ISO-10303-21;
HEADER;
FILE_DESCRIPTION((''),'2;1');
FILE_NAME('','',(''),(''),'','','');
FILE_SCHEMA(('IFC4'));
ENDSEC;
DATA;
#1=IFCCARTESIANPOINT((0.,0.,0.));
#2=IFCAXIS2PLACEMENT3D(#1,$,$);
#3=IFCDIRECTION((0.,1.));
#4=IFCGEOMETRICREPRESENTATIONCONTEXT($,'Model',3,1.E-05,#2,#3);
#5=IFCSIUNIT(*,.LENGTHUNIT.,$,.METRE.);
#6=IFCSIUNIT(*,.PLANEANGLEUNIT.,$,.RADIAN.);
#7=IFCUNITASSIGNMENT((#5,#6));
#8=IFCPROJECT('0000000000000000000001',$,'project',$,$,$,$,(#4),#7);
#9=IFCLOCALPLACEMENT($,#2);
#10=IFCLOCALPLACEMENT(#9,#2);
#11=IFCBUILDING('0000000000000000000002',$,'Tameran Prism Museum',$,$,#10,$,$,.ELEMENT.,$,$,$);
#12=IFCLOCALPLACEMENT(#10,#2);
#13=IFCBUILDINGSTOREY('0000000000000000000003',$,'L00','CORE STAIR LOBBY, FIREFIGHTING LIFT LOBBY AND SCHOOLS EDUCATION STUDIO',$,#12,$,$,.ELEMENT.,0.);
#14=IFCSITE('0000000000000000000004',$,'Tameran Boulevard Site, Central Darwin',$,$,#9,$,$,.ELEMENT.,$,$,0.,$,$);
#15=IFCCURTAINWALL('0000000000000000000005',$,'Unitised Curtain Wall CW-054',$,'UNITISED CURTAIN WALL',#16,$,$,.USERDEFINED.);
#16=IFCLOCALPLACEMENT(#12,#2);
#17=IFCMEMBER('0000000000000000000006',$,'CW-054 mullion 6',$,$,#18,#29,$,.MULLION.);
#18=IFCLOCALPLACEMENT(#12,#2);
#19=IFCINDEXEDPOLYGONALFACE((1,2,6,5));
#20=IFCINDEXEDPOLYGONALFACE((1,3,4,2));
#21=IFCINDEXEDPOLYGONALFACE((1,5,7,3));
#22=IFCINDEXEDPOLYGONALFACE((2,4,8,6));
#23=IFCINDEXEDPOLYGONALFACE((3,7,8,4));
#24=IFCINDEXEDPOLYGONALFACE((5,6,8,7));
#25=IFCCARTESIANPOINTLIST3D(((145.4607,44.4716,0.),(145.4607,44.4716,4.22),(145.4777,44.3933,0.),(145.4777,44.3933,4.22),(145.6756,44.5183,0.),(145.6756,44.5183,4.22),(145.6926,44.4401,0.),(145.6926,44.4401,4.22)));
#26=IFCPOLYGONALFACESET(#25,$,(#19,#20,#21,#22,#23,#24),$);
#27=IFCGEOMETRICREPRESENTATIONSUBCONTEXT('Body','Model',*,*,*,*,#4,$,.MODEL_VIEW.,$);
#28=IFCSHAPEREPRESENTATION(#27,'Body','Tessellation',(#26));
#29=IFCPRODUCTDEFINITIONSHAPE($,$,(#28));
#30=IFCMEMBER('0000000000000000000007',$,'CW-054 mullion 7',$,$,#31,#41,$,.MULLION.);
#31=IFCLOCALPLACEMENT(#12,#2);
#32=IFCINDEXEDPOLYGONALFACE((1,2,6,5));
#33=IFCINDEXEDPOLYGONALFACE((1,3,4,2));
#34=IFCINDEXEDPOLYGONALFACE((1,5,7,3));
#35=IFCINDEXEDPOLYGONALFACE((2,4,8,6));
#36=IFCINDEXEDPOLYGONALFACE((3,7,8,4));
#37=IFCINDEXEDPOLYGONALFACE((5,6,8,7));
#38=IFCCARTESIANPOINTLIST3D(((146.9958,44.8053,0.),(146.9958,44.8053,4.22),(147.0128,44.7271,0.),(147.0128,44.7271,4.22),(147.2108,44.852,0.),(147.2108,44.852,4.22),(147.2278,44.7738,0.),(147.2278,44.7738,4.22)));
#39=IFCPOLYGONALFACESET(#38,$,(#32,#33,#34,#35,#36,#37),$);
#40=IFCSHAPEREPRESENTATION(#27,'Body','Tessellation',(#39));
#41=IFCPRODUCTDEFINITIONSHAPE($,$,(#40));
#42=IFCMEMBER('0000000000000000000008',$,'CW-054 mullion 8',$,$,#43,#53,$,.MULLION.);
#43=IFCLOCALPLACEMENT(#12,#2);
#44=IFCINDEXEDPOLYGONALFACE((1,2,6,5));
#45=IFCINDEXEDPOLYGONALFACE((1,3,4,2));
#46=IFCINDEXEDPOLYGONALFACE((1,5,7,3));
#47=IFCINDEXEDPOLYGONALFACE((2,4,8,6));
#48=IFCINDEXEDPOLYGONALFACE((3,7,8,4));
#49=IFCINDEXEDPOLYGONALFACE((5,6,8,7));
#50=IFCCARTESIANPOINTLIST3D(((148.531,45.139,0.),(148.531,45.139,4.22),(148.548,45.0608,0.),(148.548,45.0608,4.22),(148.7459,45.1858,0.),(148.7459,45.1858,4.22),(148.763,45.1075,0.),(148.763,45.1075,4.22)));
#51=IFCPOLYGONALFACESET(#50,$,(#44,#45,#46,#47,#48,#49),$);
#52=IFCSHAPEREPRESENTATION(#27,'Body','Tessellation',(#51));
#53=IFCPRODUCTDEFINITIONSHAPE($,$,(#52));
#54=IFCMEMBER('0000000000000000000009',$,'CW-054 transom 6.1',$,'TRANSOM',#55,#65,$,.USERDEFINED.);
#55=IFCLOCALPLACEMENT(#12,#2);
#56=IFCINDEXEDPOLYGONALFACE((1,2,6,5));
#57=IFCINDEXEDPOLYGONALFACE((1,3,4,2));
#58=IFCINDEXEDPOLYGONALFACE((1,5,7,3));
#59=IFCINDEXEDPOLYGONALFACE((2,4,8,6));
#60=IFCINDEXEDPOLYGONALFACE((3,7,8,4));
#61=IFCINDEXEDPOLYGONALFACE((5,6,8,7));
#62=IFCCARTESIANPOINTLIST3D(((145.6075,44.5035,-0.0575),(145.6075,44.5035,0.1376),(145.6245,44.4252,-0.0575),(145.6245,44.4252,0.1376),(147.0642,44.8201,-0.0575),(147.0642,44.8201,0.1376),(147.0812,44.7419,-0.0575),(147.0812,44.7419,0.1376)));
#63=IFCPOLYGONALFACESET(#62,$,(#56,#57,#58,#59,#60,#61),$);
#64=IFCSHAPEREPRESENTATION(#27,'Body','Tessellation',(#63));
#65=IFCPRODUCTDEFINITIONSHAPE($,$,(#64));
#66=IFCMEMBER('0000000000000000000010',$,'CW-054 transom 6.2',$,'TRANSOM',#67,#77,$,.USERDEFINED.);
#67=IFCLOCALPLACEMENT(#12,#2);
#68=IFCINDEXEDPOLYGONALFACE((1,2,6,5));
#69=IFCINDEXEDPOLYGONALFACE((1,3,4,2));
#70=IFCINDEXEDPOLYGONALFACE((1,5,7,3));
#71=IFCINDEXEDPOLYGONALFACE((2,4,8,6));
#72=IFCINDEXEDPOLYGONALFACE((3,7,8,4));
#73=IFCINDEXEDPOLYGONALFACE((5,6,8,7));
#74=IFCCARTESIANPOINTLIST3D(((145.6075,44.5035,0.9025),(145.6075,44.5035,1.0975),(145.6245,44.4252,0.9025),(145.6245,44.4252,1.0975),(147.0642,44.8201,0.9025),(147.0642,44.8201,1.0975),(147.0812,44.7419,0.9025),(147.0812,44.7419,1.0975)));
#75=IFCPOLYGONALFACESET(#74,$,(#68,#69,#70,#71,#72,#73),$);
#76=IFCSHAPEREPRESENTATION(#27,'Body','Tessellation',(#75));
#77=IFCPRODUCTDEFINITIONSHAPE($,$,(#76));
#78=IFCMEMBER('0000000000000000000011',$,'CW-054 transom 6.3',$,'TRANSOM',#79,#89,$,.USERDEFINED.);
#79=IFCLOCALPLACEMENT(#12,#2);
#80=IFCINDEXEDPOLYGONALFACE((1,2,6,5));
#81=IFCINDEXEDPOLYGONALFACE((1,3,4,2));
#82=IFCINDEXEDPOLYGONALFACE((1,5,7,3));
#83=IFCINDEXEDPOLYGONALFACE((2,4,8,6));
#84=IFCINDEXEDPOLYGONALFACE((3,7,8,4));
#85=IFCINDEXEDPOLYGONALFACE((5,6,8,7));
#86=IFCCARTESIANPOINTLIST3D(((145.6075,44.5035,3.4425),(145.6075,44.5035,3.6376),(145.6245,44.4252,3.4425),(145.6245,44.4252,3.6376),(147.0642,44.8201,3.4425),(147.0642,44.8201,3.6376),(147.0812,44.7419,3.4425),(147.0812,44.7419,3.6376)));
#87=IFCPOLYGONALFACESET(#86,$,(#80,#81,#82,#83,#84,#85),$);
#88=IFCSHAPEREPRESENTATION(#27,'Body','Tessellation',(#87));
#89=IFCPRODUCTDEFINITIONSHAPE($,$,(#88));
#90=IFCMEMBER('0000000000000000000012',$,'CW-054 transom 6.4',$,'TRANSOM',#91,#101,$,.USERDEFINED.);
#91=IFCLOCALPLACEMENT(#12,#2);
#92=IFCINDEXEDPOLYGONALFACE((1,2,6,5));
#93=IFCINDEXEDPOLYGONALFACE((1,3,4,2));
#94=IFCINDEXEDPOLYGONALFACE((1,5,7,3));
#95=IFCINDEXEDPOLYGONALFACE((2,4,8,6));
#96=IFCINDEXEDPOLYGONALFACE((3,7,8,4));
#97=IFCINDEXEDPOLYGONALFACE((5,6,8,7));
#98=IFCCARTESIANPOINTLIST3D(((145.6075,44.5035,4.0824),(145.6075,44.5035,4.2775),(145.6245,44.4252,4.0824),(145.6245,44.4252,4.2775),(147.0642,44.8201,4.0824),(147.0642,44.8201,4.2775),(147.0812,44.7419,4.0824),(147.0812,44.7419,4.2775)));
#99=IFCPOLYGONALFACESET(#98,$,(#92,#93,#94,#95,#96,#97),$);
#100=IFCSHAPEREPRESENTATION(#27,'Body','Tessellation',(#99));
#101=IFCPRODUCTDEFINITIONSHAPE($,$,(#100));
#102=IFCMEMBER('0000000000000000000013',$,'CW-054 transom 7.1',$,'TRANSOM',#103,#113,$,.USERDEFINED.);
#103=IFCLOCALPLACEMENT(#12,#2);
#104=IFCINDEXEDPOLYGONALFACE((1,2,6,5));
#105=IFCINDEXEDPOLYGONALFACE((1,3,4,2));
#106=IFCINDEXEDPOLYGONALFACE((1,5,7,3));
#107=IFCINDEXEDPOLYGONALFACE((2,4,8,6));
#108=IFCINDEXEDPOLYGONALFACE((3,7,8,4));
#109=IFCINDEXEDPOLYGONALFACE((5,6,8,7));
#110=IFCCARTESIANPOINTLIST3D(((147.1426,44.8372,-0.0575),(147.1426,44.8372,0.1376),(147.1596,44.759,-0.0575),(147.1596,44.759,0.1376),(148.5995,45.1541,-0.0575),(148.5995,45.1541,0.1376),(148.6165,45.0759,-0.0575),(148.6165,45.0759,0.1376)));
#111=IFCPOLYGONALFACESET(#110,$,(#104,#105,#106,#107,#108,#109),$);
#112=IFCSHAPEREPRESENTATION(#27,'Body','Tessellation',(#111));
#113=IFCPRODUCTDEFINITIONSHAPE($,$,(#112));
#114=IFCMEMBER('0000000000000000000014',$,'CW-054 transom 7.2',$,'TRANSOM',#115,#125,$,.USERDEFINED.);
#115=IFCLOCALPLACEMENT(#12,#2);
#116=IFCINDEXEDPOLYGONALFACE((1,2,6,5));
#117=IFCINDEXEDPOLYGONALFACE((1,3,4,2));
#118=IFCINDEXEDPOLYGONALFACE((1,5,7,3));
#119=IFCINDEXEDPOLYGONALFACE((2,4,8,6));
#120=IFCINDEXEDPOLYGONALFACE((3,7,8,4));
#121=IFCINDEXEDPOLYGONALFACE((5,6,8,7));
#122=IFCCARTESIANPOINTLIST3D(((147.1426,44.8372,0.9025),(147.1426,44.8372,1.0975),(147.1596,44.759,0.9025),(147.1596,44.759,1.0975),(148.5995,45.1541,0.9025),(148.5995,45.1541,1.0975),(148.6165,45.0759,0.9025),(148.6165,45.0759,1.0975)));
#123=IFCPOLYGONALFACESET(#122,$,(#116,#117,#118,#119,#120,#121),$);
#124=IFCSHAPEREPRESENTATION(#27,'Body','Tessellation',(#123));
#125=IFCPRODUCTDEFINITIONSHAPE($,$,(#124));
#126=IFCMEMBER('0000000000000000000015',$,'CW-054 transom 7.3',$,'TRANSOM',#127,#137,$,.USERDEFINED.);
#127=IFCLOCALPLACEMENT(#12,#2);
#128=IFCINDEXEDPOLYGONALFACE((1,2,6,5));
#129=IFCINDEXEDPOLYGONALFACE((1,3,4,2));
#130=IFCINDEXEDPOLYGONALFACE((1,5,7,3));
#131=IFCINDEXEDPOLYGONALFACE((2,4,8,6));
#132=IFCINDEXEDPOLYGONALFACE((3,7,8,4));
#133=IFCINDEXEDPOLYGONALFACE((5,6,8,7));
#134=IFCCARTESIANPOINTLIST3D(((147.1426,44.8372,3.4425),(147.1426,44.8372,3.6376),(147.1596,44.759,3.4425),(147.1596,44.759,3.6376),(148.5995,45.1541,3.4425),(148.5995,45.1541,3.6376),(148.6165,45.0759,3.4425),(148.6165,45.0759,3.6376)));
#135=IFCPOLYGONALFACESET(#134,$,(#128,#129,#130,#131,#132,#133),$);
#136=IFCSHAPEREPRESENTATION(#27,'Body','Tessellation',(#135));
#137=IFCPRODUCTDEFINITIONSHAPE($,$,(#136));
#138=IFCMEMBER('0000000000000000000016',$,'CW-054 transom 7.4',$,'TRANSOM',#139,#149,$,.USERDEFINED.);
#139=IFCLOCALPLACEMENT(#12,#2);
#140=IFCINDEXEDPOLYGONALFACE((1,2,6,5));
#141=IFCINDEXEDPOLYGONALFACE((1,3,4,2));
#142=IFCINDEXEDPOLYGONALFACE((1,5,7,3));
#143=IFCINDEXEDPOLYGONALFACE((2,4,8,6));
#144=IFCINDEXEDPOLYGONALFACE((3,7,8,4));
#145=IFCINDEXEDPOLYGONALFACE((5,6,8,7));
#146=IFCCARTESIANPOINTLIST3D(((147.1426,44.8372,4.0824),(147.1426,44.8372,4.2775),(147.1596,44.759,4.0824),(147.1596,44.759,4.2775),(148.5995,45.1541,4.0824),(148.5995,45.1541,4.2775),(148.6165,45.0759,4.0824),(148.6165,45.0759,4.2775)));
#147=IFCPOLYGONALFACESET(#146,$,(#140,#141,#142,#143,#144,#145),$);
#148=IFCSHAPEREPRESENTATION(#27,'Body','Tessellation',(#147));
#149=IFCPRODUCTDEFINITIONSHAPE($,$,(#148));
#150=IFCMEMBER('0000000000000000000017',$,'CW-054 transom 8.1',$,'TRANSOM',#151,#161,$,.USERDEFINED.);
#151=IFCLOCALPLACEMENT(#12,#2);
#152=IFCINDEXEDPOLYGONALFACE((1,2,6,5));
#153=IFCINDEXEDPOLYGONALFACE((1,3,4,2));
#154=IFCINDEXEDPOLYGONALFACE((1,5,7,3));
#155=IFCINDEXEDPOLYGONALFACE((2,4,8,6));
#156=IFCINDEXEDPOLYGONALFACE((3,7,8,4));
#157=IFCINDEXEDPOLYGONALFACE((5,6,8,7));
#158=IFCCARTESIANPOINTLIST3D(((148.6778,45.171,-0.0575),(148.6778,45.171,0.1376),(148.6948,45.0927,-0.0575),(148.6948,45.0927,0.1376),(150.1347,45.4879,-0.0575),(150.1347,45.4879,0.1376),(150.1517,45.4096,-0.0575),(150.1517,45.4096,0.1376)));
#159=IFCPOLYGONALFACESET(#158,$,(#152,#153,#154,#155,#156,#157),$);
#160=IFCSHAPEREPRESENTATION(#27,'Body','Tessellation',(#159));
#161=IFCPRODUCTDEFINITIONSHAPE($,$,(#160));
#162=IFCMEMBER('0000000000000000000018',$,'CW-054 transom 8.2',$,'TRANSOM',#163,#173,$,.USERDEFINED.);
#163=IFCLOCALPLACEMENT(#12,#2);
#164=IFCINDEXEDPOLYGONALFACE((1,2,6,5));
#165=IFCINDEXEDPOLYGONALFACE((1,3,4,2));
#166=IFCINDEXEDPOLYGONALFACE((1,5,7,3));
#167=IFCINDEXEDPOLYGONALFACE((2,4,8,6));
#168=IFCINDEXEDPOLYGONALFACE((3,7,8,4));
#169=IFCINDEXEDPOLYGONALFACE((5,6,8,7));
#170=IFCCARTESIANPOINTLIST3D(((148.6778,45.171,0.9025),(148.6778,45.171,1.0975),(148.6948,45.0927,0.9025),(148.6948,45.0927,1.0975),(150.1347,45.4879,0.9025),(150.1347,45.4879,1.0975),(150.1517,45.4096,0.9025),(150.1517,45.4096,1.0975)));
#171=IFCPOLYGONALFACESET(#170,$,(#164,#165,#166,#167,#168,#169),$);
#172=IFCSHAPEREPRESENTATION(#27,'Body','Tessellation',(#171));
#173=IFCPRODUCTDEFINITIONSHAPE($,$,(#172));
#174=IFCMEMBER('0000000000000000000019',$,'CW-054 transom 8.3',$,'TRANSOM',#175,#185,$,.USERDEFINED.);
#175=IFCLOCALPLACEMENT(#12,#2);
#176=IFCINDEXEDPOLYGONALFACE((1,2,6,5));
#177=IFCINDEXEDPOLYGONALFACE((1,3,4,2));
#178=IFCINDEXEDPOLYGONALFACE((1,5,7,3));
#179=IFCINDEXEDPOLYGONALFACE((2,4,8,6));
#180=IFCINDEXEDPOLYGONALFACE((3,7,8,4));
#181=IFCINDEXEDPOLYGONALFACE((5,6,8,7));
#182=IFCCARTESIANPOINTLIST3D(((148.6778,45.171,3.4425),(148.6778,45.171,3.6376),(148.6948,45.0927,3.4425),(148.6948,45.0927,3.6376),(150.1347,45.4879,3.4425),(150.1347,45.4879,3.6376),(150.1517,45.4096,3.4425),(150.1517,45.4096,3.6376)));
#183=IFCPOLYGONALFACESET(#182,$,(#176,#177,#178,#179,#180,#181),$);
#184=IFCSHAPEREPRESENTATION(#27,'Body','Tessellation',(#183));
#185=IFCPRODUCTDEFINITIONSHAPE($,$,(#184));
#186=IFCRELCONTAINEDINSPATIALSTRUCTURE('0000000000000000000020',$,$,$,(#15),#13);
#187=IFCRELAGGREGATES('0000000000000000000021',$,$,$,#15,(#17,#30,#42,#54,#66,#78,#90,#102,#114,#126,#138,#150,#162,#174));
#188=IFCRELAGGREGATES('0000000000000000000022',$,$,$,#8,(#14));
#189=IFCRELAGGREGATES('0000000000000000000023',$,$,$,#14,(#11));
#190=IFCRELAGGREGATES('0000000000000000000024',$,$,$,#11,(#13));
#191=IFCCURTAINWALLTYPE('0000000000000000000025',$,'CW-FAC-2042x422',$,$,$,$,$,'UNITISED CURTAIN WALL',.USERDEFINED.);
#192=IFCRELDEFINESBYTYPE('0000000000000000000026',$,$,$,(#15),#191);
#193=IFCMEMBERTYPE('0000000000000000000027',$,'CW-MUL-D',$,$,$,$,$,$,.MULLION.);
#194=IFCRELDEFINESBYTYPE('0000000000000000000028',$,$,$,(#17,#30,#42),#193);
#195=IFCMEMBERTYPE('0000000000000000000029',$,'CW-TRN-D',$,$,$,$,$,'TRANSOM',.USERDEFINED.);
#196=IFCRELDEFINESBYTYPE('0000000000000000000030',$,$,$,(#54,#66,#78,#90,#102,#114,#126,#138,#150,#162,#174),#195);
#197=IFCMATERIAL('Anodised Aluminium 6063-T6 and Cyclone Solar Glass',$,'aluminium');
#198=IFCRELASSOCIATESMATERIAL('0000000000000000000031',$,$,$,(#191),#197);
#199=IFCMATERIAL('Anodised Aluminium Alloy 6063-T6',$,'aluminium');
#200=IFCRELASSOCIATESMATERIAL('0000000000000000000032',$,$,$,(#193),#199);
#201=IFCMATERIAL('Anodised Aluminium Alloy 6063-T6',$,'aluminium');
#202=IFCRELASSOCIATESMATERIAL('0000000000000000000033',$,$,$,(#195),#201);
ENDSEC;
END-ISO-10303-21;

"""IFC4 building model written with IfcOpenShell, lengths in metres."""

from ifc_helpers import new_model, si_unit, direction, frame, origin, origin_2d, place, context, subcontext, project, spatial, rectangle, extrude, material, material_profile, profile_set, type_object, element, aggregate, save


model = new_model("IFC4")

# Units and contexts
model_context = context("Model", 3, precision=1e-05, world=origin(), true_north=direction((0.0, 1.0)))
body_context = subcontext(model_context, "Body", "Model", "MODEL_VIEW")
ifc_project = project(units=[si_unit("LENGTHUNIT", "METRE"), si_unit("PLANEANGLEUNIT", "RADIAN")], contexts=[model_context])

# Site, building, storey
site_placement = place(None, origin())
site = spatial("IfcSite", under=ifc_project, at=site_placement, Name="Tameran Boulevard Site, Central Darwin", CompositionType="ELEMENT", RefElevation=0.0)
building_placement = place(site_placement, origin())
building = spatial("IfcBuilding", under=site, at=building_placement, Name="Tameran Prism Museum", CompositionType="ELEMENT")
storey_placement = place(building_placement, origin())
storey = spatial("IfcBuildingStorey", under=building, at=storey_placement, Name="L00", Description="CORE STAIR LOBBY, FIREFIGHTING LIFT LOBBY AND SCHOOLS EDUCATION STUDIO", CompositionType="ELEMENT", Elevation=0.0)

# Curtain wall, members
ifc_material_1 = material(Name="Anodised Aluminium 6063-T6 and Cyclone Solar Glass", Category="aluminium")
curtain_wall_type = type_object("IfcCurtainWallType", Name="CW-FAC-2042x422", ElementType="UNITISED CURTAIN WALL", PredefinedType="USERDEFINED", material=ifc_material_1)
curtain_wall_placement = place(storey_placement, origin())
curtain_wall = element("IfcCurtainWall", 1, at=curtain_wall_placement, inside=storey, type_object=curtain_wall_type, Name="Unitised Curtain Wall CW-054", ObjectType="UNITISED CURTAIN WALL", PredefinedType="USERDEFINED")
ifc_material_2 = material(Name="Anodised Aluminium Alloy 6063-T6", Category="aluminium")
ifc_material_profile_1 = material_profile(ifc_material_2, rectangle(XDim=0.0801, YDim=0.22, at=origin_2d()))
ifc_profile_set_1 = profile_set([ifc_material_profile_1])
member_type_1 = type_object("IfcMemberType", Name="CW-MUL-D", PredefinedType="MULLION", material=ifc_profile_set_1)
member_1_placement = place(storey_placement, frame((145.5767, 44.4558, 0.0), z_axis=(0.0, 0.0, 1.0), x_axis=(-0.212454, 0.977171, 0.0)))
member_1 = element("IfcMember", 2, at=member_1_placement, type_object=member_type_1, Name="CW-054 mullion 6", PredefinedType="MULLION", context=body_context, shape_type="SweptSolid", body=[
    extrude(rectangle(XDim=0.0801, YDim=0.22, at=origin_2d()), origin(), (0.0, 0.0, 1.0), 4.22),
])
member_2_placement = place(storey_placement, frame((147.1118, 44.7896, 0.0), z_axis=(0.0, 0.0, 1.0), x_axis=(-0.212454, 0.977171, 0.0)))
member_2 = element("IfcMember", 3, at=member_2_placement, type_object=member_type_1, Name="CW-054 mullion 7", PredefinedType="MULLION", context=body_context, shape_type="SweptSolid", body=[
    extrude(rectangle(XDim=0.0801, YDim=0.22, at=origin_2d()), origin(), (0.0, 0.0, 1.0), 4.22),
])
member_3_placement = place(storey_placement, frame((148.647, 45.1233, 0.0), z_axis=(0.0, 0.0, 1.0), x_axis=(-0.212454, 0.977171, 0.0)))
member_3 = element("IfcMember", 4, at=member_3_placement, type_object=member_type_1, Name="CW-054 mullion 8", PredefinedType="MULLION", context=body_context, shape_type="SweptSolid", body=[
    extrude(rectangle(XDim=0.0801, YDim=0.22, at=origin_2d()), origin(), (0.0, 0.0, 1.0), 4.22),
])
ifc_material_3 = material(Name="Anodised Aluminium Alloy 6063-T6", Category="aluminium")
ifc_material_profile_2 = material_profile(ifc_material_3, rectangle(XDim=0.0801, YDim=0.1951, at=origin_2d()))
ifc_profile_set_2 = profile_set([ifc_material_profile_2])
member_type_2 = type_object("IfcMemberType", Name="CW-TRN-D", ElementType="TRANSOM", PredefinedType="USERDEFINED", material=ifc_profile_set_2)
member_4_placement = place(storey_placement, frame((145.616, 44.4644, 0.04), z_axis=(0.977182, 0.212402, 0.0), x_axis=(-0.212402, 0.977182, 0.0)))
member_4 = element("IfcMember", 5, at=member_4_placement, type_object=member_type_2, Name="CW-054 transom 6.1", ObjectType="TRANSOM", PredefinedType="USERDEFINED", context=body_context, shape_type="SweptSolid", body=[
    extrude(rectangle(XDim=0.0801, YDim=0.1951, at=origin_2d()), origin(), (0.0, 0.0, 1.0), 1.4907),
])
member_5_placement = place(storey_placement, frame((145.616, 44.4644, 1.0), z_axis=(0.977182, 0.212402, 0.0), x_axis=(-0.212402, 0.977182, 0.0)))
member_5 = element("IfcMember", 6, at=member_5_placement, type_object=member_type_2, Name="CW-054 transom 6.2", ObjectType="TRANSOM", PredefinedType="USERDEFINED", context=body_context, shape_type="SweptSolid", body=[
    extrude(rectangle(XDim=0.0801, YDim=0.1951, at=origin_2d()), origin(), (0.0, 0.0, 1.0), 1.4907),
])
member_6_placement = place(storey_placement, frame((145.616, 44.4644, 3.54), z_axis=(0.977182, 0.212402, 0.0), x_axis=(-0.212402, 0.977182, 0.0)))
member_6 = element("IfcMember", 7, at=member_6_placement, type_object=member_type_2, Name="CW-054 transom 6.3", ObjectType="TRANSOM", PredefinedType="USERDEFINED", context=body_context, shape_type="SweptSolid", body=[
    extrude(rectangle(XDim=0.0801, YDim=0.1951, at=origin_2d()), origin(), (0.0, 0.0, 1.0), 1.4907),
])
member_7_placement = place(storey_placement, frame((145.616, 44.4644, 4.1799), z_axis=(0.977182, 0.212402, 0.0), x_axis=(-0.212402, 0.977182, 0.0)))
member_7 = element("IfcMember", 8, at=member_7_placement, type_object=member_type_2, Name="CW-054 transom 6.4", ObjectType="TRANSOM", PredefinedType="USERDEFINED", context=body_context, shape_type="SweptSolid", body=[
    extrude(rectangle(XDim=0.0801, YDim=0.1951, at=origin_2d()), origin(), (0.0, 0.0, 1.0), 1.4907),
])
member_8_placement = place(storey_placement, frame((147.1511, 44.7981, 0.04), z_axis=(0.977148, 0.212559, 0.0), x_axis=(-0.212559, 0.977148, 0.0)))
member_8 = element("IfcMember", 9, at=member_8_placement, type_object=member_type_2, Name="CW-054 transom 7.1", ObjectType="TRANSOM", PredefinedType="USERDEFINED", context=body_context, shape_type="SweptSolid", body=[
    extrude(rectangle(XDim=0.0801, YDim=0.1951, at=origin_2d()), origin(), (0.0, 0.0, 1.0), 1.491),
])
member_9_placement = place(storey_placement, frame((147.1511, 44.7981, 1.0), z_axis=(0.977148, 0.212559, 0.0), x_axis=(-0.212559, 0.977148, 0.0)))
member_9 = element("IfcMember", 10, at=member_9_placement, type_object=member_type_2, Name="CW-054 transom 7.2", ObjectType="TRANSOM", PredefinedType="USERDEFINED", context=body_context, shape_type="SweptSolid", body=[
    extrude(rectangle(XDim=0.0801, YDim=0.1951, at=origin_2d()), origin(), (0.0, 0.0, 1.0), 1.491),
])
member_10_placement = place(storey_placement, frame((147.1511, 44.7981, 3.54), z_axis=(0.977148, 0.212559, 0.0), x_axis=(-0.212559, 0.977148, 0.0)))
member_10 = element("IfcMember", 11, at=member_10_placement, type_object=member_type_2, Name="CW-054 transom 7.3", ObjectType="TRANSOM", PredefinedType="USERDEFINED", context=body_context, shape_type="SweptSolid", body=[
    extrude(rectangle(XDim=0.0801, YDim=0.1951, at=origin_2d()), origin(), (0.0, 0.0, 1.0), 1.491),
])
member_11_placement = place(storey_placement, frame((147.1511, 44.7981, 4.1799), z_axis=(0.977148, 0.212559, 0.0), x_axis=(-0.212559, 0.977148, 0.0)))
member_11 = element("IfcMember", 12, at=member_11_placement, type_object=member_type_2, Name="CW-054 transom 7.4", ObjectType="TRANSOM", PredefinedType="USERDEFINED", context=body_context, shape_type="SweptSolid", body=[
    extrude(rectangle(XDim=0.0801, YDim=0.1951, at=origin_2d()), origin(), (0.0, 0.0, 1.0), 1.491),
])
member_12_placement = place(storey_placement, frame((148.6863, 45.1318, 0.04), z_axis=(0.977148, 0.212559, 0.0), x_axis=(-0.212559, 0.977148, 0.0)))
member_12 = element("IfcMember", 13, at=member_12_placement, type_object=member_type_2, Name="CW-054 transom 8.1", ObjectType="TRANSOM", PredefinedType="USERDEFINED", context=body_context, shape_type="SweptSolid", body=[
    extrude(rectangle(XDim=0.0801, YDim=0.1951, at=origin_2d()), origin(), (0.0, 0.0, 1.0), 1.491),
])
member_13_placement = place(storey_placement, frame((148.6863, 45.1318, 1.0), z_axis=(0.977148, 0.212559, 0.0), x_axis=(-0.212559, 0.977148, 0.0)))
member_13 = element("IfcMember", 14, at=member_13_placement, type_object=member_type_2, Name="CW-054 transom 8.2", ObjectType="TRANSOM", PredefinedType="USERDEFINED", context=body_context, shape_type="SweptSolid", body=[
    extrude(rectangle(XDim=0.0801, YDim=0.1951, at=origin_2d()), origin(), (0.0, 0.0, 1.0), 1.491),
])
member_14_placement = place(storey_placement, frame((148.6863, 45.1318, 3.54), z_axis=(0.977148, 0.212559, 0.0), x_axis=(-0.212559, 0.977148, 0.0)))
member_14 = element("IfcMember", 15, at=member_14_placement, type_object=member_type_2, Name="CW-054 transom 8.3", ObjectType="TRANSOM", PredefinedType="USERDEFINED", context=body_context, shape_type="SweptSolid", body=[
    extrude(rectangle(XDim=0.0801, YDim=0.1951, at=origin_2d()), origin(), (0.0, 0.0, 1.0), 1.491),
])
aggregate(curtain_wall, [member_1, member_2, member_3, member_4, member_5, member_6, member_7, member_8, member_9, member_10, member_11, member_12, member_13, member_14])

save(model, "model.ifc")
